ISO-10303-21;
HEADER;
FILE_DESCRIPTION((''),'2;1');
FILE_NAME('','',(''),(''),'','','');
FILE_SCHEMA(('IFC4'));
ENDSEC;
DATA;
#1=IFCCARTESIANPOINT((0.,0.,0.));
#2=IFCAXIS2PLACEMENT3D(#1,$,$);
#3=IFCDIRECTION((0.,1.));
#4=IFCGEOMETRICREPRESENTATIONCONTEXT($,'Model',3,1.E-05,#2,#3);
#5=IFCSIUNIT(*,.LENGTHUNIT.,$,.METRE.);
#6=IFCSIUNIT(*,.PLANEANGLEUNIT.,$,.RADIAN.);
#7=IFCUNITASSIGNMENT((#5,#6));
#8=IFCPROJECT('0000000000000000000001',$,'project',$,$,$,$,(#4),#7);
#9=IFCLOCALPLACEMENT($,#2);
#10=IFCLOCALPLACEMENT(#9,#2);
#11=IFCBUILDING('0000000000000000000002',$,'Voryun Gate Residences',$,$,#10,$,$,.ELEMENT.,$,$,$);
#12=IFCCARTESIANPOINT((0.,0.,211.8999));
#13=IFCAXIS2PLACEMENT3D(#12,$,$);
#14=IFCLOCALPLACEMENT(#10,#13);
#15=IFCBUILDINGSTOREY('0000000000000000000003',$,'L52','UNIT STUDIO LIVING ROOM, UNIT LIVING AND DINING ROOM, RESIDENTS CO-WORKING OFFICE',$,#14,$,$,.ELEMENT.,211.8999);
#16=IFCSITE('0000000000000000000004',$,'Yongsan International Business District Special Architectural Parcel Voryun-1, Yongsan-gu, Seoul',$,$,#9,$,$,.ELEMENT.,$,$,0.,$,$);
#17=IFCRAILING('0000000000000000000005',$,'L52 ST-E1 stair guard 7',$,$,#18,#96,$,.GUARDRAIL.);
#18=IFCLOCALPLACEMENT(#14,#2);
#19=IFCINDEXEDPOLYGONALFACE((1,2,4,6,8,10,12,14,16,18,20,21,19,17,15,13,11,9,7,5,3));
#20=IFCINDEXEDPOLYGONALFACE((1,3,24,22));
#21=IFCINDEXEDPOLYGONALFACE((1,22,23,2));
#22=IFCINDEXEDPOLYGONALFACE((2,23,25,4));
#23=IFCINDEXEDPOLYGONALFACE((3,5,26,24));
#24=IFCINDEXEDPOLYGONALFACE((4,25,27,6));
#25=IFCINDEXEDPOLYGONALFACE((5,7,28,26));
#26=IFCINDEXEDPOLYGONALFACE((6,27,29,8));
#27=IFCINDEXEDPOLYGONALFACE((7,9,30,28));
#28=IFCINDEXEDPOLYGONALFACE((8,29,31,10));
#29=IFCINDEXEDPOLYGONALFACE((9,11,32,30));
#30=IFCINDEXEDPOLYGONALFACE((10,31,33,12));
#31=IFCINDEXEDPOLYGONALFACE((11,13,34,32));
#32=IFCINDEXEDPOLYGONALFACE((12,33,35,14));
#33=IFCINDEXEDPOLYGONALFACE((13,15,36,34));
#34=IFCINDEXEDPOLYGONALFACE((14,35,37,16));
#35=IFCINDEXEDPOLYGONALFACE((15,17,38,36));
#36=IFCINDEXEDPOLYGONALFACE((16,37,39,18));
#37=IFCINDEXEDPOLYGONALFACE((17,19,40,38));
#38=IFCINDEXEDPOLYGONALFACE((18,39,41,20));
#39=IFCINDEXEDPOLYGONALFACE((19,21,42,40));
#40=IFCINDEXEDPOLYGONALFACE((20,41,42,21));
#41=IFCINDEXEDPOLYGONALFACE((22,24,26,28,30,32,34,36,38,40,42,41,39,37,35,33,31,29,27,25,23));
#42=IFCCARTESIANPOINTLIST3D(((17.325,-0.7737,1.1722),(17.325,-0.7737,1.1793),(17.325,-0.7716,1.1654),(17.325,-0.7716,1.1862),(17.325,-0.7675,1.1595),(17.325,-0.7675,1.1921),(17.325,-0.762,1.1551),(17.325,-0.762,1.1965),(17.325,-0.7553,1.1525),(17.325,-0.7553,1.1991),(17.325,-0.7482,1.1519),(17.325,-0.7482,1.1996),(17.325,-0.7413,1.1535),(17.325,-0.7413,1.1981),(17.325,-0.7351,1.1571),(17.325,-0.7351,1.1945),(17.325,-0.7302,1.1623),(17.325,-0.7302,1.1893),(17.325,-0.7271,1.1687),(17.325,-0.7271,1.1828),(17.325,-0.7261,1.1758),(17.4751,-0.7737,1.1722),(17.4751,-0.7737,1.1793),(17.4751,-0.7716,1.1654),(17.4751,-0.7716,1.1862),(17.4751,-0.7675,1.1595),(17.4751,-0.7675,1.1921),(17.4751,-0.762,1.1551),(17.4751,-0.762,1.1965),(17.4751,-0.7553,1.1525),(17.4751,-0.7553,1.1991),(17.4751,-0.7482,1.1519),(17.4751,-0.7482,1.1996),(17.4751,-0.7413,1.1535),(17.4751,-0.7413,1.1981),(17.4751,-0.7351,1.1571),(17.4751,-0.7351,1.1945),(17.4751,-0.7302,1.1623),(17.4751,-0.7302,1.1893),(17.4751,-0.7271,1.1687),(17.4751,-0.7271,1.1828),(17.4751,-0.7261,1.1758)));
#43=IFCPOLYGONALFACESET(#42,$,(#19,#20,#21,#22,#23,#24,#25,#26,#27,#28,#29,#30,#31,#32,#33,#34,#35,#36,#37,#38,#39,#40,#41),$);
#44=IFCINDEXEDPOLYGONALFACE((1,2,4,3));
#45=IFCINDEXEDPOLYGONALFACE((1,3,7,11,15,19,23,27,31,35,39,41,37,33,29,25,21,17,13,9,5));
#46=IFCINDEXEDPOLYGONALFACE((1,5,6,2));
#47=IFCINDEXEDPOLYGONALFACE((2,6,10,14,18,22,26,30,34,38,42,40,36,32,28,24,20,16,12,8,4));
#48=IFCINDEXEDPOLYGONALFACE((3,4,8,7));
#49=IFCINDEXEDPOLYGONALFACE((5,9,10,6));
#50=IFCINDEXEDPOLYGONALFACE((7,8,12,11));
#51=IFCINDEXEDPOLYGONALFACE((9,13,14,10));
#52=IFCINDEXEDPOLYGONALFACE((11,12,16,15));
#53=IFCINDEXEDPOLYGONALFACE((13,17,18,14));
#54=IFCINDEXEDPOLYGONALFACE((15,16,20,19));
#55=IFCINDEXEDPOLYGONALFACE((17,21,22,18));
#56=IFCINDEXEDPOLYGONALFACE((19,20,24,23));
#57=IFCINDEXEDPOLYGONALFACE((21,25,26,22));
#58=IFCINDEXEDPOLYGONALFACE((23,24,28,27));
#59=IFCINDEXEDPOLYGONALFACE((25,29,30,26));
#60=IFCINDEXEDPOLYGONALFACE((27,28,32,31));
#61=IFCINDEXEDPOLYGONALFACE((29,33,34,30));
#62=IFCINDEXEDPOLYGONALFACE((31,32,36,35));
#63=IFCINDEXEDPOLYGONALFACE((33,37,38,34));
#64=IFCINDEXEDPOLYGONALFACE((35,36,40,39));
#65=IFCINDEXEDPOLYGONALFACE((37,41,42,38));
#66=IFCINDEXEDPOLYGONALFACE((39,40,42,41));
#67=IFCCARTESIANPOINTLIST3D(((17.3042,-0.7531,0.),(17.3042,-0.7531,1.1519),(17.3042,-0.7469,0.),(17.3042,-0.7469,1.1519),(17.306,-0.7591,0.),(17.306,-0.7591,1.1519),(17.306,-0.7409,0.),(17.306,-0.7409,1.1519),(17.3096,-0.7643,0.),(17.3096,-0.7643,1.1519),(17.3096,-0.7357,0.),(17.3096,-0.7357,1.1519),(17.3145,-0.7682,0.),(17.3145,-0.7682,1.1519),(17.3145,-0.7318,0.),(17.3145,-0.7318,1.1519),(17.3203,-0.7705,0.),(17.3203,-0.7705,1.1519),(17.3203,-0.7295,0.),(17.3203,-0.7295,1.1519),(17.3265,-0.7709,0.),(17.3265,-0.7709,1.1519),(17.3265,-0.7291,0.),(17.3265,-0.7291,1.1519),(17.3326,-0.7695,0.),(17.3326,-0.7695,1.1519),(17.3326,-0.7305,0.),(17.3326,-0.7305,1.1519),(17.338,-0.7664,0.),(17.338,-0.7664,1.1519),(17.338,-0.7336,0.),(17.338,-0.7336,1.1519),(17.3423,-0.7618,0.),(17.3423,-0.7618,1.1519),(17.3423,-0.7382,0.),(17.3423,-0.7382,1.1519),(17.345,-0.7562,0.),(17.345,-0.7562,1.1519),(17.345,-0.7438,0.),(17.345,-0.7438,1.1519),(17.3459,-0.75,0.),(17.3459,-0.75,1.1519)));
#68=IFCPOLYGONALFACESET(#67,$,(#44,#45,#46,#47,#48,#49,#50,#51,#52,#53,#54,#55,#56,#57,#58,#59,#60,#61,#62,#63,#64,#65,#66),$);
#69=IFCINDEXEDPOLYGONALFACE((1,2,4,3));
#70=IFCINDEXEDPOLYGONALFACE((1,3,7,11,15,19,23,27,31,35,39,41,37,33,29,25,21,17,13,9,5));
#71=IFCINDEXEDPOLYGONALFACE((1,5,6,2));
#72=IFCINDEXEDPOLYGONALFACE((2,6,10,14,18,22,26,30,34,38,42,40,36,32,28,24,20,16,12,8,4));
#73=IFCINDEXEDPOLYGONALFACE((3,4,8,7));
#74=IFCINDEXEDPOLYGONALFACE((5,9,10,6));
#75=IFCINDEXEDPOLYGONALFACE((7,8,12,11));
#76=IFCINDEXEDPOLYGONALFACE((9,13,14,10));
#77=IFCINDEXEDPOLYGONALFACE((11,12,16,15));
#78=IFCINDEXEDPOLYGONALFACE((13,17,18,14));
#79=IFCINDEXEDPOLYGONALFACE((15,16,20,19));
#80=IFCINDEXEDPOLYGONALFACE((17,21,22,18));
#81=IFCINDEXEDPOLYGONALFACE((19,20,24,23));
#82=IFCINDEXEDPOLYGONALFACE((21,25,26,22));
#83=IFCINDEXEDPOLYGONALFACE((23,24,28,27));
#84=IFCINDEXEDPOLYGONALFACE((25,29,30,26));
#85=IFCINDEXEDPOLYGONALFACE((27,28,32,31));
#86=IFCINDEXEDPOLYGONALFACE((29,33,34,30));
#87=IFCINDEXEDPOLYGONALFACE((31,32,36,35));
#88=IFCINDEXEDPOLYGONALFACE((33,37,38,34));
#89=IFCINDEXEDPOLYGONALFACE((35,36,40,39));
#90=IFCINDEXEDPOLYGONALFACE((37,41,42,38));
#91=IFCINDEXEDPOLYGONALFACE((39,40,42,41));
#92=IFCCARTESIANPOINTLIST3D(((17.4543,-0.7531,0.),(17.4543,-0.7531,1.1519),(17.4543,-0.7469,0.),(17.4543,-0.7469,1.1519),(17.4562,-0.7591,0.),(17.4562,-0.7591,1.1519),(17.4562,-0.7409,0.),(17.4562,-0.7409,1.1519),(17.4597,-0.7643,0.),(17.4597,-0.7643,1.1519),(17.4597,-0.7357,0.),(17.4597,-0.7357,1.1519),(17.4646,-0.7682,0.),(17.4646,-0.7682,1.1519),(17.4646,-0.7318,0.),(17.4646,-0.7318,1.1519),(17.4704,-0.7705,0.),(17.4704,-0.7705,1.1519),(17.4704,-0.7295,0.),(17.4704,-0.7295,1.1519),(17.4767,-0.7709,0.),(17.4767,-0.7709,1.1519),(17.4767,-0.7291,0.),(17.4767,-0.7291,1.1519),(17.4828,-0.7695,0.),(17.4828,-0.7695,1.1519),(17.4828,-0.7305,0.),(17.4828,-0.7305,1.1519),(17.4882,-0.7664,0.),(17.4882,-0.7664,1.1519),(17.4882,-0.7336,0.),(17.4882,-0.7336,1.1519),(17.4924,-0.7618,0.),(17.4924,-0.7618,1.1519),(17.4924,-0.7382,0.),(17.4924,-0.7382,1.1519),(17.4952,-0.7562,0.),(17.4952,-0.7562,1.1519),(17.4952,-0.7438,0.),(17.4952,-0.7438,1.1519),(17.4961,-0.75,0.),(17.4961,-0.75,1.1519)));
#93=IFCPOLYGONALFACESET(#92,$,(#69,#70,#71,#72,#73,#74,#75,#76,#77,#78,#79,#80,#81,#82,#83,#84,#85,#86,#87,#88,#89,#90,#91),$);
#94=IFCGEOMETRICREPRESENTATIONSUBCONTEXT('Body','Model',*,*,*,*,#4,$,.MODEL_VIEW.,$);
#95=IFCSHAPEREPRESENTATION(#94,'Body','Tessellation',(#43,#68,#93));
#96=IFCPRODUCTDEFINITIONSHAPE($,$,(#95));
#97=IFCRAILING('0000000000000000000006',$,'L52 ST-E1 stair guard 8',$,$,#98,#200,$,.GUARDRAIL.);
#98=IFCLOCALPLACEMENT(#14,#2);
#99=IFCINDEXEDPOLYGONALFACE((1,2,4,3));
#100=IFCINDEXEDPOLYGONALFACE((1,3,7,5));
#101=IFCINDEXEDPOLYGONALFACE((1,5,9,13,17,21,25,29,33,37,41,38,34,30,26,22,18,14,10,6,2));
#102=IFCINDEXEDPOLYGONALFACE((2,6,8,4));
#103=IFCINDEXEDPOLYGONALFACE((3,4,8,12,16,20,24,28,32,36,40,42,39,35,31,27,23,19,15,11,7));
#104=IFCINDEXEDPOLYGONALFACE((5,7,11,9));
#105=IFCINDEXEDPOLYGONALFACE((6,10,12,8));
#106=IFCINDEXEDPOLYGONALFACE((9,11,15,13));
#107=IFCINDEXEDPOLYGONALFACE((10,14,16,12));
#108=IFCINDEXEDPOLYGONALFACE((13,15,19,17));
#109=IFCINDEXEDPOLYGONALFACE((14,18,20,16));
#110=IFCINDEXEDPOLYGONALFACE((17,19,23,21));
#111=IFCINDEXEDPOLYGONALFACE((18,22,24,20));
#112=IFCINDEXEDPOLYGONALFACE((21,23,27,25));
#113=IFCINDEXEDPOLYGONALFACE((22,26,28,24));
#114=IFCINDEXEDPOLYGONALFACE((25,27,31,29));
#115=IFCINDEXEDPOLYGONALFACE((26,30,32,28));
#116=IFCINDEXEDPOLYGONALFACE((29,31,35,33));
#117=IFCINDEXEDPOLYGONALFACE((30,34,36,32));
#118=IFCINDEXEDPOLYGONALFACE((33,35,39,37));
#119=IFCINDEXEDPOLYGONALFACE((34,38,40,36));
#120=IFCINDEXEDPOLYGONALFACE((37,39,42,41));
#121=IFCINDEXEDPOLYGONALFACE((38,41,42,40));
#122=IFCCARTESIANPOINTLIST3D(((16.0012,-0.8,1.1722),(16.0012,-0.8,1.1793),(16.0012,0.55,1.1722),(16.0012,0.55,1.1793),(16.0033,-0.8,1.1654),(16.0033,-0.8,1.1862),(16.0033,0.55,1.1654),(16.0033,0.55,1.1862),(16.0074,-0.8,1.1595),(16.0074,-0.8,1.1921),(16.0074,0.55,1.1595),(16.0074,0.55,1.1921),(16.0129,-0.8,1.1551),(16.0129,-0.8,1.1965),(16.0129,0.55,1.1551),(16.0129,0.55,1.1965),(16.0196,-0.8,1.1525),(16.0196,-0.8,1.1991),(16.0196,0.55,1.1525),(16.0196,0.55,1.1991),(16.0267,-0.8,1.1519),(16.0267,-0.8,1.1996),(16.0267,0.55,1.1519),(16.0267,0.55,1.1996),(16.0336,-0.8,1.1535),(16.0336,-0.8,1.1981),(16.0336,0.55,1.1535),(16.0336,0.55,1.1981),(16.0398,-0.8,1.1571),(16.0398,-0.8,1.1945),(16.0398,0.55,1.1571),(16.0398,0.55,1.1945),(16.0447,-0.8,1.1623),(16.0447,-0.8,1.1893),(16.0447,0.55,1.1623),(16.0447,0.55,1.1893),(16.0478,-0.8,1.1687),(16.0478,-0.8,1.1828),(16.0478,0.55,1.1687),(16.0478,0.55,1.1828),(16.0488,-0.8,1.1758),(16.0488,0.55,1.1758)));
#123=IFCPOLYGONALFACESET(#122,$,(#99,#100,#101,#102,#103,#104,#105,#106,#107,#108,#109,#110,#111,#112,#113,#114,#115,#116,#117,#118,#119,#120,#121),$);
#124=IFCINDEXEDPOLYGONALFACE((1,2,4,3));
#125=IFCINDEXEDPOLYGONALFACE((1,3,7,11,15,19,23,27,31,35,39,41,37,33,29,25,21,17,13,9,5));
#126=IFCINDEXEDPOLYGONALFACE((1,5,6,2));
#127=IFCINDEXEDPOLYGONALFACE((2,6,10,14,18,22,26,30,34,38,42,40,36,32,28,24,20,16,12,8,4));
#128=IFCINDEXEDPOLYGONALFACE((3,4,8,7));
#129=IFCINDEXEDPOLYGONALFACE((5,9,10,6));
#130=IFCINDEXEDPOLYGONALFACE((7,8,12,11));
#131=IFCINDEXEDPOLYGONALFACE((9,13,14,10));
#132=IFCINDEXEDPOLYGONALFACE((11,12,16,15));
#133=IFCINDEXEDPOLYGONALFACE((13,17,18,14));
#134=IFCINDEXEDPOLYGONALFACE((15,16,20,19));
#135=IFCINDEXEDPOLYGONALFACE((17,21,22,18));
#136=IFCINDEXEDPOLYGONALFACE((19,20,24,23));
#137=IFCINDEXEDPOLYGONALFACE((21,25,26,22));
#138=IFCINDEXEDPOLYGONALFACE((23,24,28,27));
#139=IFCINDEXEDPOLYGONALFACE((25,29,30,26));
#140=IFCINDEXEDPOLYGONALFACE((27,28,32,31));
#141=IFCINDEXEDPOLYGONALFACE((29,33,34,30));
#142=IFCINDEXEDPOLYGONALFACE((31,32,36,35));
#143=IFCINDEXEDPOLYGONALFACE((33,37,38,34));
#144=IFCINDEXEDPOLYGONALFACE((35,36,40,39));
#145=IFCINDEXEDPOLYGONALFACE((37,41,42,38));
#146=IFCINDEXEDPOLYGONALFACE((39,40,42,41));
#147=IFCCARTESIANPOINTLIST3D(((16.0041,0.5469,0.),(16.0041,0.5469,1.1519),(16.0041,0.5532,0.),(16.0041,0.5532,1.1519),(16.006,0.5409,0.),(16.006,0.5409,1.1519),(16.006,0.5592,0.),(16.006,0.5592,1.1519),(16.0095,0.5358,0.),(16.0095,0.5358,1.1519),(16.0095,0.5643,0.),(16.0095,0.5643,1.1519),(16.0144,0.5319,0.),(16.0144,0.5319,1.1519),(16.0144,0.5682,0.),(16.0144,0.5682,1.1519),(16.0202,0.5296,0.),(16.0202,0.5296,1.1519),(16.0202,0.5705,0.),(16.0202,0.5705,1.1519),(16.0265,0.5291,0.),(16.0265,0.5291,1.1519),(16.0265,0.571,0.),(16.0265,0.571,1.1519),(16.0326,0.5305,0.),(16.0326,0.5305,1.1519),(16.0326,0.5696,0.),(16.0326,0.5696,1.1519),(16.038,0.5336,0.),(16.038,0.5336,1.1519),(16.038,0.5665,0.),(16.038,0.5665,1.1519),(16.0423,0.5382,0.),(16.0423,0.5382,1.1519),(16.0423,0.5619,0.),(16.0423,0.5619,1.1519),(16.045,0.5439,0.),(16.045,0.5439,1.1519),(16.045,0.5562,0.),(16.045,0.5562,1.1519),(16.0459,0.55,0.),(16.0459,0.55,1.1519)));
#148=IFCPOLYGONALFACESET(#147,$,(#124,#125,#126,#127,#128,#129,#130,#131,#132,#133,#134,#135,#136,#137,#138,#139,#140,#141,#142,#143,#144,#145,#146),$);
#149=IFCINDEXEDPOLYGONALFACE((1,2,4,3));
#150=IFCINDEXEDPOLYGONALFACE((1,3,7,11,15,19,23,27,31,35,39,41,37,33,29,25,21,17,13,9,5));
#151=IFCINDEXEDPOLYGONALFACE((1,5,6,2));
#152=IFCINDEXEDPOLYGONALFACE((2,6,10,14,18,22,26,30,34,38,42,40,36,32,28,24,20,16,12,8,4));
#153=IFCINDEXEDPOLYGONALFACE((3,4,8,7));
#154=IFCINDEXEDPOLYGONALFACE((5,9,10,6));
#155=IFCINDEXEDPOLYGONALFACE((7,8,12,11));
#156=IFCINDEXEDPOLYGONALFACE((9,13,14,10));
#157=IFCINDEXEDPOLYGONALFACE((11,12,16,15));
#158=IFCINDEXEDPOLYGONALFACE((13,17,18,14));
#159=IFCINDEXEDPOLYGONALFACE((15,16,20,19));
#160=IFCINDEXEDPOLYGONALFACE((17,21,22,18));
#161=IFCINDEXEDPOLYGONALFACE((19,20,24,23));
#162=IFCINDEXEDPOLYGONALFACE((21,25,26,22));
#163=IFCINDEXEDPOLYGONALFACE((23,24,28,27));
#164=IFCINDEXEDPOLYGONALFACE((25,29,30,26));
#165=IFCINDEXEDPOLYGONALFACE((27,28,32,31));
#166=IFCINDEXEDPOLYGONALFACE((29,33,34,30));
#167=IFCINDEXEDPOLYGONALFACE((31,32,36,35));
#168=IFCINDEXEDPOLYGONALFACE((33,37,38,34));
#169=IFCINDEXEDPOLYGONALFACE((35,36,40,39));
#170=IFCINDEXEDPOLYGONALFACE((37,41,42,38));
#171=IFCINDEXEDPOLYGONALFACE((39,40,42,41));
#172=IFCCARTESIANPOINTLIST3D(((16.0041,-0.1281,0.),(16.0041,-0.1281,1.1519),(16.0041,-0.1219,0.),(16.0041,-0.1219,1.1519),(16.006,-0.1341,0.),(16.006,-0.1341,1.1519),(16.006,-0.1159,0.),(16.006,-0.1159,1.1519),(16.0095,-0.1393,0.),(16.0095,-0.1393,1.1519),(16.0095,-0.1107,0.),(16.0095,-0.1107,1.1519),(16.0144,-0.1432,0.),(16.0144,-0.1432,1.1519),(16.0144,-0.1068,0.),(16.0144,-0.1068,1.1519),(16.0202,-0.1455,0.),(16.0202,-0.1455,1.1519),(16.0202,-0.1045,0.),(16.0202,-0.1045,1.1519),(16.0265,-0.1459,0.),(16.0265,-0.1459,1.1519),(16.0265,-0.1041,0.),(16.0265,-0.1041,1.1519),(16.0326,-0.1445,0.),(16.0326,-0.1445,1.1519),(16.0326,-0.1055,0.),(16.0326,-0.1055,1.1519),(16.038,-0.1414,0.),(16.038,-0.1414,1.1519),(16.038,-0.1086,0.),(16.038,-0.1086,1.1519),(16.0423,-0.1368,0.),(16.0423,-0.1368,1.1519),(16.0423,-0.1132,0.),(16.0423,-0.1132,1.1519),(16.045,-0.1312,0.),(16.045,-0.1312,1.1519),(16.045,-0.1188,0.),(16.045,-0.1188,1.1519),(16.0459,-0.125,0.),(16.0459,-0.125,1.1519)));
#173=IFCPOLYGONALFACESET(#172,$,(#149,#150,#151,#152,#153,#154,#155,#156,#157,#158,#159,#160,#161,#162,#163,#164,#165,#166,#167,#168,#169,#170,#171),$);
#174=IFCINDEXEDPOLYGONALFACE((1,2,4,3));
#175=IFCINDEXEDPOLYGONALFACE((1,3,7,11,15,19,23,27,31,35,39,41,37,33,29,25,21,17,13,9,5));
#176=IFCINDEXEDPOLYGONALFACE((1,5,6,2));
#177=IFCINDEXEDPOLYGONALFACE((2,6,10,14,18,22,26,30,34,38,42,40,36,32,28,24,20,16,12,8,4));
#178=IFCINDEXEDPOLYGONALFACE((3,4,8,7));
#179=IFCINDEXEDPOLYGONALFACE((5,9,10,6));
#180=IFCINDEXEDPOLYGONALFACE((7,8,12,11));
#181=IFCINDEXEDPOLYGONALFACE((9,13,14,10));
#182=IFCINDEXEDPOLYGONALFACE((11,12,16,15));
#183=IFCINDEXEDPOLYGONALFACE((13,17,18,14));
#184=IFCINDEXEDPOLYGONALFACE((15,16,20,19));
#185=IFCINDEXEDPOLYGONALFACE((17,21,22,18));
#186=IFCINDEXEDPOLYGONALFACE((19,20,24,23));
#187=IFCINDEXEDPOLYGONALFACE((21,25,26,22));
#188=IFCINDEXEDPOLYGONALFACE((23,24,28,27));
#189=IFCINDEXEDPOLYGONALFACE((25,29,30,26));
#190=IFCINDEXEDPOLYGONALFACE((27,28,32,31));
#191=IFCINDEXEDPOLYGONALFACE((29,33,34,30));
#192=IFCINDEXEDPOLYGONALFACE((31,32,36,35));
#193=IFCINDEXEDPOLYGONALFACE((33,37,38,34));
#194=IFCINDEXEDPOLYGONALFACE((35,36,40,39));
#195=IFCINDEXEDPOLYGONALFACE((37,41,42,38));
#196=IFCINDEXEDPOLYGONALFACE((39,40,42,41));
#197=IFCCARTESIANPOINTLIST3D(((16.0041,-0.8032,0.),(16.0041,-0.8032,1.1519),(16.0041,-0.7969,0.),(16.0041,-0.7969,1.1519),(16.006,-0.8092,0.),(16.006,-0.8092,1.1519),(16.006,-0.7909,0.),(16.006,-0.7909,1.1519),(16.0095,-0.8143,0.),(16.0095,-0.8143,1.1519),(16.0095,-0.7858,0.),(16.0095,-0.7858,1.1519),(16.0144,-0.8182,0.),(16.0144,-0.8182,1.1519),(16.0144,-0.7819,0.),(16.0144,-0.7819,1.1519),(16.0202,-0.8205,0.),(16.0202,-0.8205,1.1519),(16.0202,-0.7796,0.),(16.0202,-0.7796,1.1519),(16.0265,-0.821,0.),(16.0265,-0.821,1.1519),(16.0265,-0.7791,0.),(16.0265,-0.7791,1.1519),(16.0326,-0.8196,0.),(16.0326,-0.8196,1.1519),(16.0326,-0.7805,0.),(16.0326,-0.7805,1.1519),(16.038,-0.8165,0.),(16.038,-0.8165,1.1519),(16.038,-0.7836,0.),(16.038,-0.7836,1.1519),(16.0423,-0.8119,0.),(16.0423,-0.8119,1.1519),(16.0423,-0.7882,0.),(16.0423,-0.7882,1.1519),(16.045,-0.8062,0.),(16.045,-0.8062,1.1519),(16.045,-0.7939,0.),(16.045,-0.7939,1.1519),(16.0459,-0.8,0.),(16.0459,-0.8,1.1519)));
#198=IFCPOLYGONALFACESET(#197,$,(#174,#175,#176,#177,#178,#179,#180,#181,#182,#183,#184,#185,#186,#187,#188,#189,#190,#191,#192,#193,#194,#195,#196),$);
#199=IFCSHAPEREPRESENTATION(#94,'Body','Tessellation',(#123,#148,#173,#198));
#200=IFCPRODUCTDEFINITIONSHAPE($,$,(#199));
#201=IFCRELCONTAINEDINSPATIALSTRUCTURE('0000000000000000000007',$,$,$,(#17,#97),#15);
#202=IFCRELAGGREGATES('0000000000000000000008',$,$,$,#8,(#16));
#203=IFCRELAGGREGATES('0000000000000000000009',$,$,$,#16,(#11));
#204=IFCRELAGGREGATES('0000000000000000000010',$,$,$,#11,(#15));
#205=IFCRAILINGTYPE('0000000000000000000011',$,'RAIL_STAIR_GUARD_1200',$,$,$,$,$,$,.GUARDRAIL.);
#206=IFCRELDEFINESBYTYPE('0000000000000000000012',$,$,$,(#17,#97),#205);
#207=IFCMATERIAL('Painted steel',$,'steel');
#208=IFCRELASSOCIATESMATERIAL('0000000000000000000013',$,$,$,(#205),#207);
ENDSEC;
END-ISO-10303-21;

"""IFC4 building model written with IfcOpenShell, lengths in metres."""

from ifc_helpers import new_model, si_unit, direction, frame, origin, origin_2d, place, context, subcontext, project, spatial, circle, extrude, material, type_object, element, save


model = new_model("IFC4")

# Units and contexts
model_context = context("Model", 3, precision=1e-05, world=origin(), true_north=direction((0.0, 1.0)))
body_context = subcontext(model_context, "Body", "Model", "MODEL_VIEW")
ifc_project = project(units=[si_unit("LENGTHUNIT", "METRE"), si_unit("PLANEANGLEUNIT", "RADIAN")], contexts=[model_context])

# Site, building, storey
site_placement = place(None, origin())
site = spatial("IfcSite", under=ifc_project, at=site_placement, Name="Yongsan International Business District Special Architectural Parcel Voryun-1, Yongsan-gu, Seoul", CompositionType="ELEMENT", RefElevation=0.0)
building_placement = place(site_placement, origin())
building = spatial("IfcBuilding", under=site, at=building_placement, Name="Voryun Gate Residences", CompositionType="ELEMENT")
storey_placement = place(building_placement, frame((0.0, 0.0, 211.8999)))
storey = spatial("IfcBuildingStorey", under=building, at=storey_placement, Name="L52", Description="UNIT STUDIO LIVING ROOM, UNIT LIVING AND DINING ROOM, RESIDENTS CO-WORKING OFFICE", CompositionType="ELEMENT", Elevation=211.8999)

# Railings
ifc_material_1 = material(Name="Painted steel", Category="steel")
railing_type_1 = type_object("IfcRailingType", Name="RAIL_STAIR_GUARD_1200", PredefinedType="GUARDRAIL", material=ifc_material_1)
railing_1_placement = place(storey_placement, frame((17.325, -0.75, 0.0)))
element("IfcRailing", 1, at=railing_1_placement, inside=storey, type_object=railing_type_1, Name="L52 ST-E1 stair guard 7", PredefinedType="GUARDRAIL", context=body_context, shape_type="SweptSolid", body=[
    extrude(circle(Radius=0.0239, at=origin_2d()), frame((0.0, 0.0, 1.1758), z_axis=(1.0, 0.0, 0.0), x_axis=(0.0, 1.0, 0.0)), (0.0, 0.0, 1.0), 0.1501),
    extrude(circle(Radius=0.021, at=origin_2d()), origin(), (0.0, 0.0, 1.0), 1.1519),
    extrude(circle(Radius=0.021, at=origin_2d()), frame((0.1501, 0.0, 0.0)), (0.0, 0.0, 1.0), 1.1519),
])
railing_2_placement = place(storey_placement, frame((16.0249, 0.55, 0.0)))
element("IfcRailing", 2, at=railing_2_placement, inside=storey, type_object=railing_type_1, Name="L52 ST-E1 stair guard 8", PredefinedType="GUARDRAIL", context=body_context, shape_type="SweptSolid", body=[
    extrude(circle(Radius=0.0239, at=origin_2d()), frame((0.0, 0.0, 1.1758), z_axis=(0.0, -1.0, 0.0), x_axis=(1.0, 0.0, 0.0)), (0.0, 0.0, 1.0), 1.3501),
    extrude(circle(Radius=0.021, at=origin_2d()), origin(), (0.0, 0.0, 1.0), 1.1519),
    extrude(circle(Radius=0.021, at=origin_2d()), frame((0.0, -0.675, 0.0)), (0.0, 0.0, 1.0), 1.1519),
    extrude(circle(Radius=0.021, at=origin_2d()), frame((0.0, -1.3501, 0.0)), (0.0, 0.0, 1.0), 1.1519),
])

save(model, "model.ifc")
